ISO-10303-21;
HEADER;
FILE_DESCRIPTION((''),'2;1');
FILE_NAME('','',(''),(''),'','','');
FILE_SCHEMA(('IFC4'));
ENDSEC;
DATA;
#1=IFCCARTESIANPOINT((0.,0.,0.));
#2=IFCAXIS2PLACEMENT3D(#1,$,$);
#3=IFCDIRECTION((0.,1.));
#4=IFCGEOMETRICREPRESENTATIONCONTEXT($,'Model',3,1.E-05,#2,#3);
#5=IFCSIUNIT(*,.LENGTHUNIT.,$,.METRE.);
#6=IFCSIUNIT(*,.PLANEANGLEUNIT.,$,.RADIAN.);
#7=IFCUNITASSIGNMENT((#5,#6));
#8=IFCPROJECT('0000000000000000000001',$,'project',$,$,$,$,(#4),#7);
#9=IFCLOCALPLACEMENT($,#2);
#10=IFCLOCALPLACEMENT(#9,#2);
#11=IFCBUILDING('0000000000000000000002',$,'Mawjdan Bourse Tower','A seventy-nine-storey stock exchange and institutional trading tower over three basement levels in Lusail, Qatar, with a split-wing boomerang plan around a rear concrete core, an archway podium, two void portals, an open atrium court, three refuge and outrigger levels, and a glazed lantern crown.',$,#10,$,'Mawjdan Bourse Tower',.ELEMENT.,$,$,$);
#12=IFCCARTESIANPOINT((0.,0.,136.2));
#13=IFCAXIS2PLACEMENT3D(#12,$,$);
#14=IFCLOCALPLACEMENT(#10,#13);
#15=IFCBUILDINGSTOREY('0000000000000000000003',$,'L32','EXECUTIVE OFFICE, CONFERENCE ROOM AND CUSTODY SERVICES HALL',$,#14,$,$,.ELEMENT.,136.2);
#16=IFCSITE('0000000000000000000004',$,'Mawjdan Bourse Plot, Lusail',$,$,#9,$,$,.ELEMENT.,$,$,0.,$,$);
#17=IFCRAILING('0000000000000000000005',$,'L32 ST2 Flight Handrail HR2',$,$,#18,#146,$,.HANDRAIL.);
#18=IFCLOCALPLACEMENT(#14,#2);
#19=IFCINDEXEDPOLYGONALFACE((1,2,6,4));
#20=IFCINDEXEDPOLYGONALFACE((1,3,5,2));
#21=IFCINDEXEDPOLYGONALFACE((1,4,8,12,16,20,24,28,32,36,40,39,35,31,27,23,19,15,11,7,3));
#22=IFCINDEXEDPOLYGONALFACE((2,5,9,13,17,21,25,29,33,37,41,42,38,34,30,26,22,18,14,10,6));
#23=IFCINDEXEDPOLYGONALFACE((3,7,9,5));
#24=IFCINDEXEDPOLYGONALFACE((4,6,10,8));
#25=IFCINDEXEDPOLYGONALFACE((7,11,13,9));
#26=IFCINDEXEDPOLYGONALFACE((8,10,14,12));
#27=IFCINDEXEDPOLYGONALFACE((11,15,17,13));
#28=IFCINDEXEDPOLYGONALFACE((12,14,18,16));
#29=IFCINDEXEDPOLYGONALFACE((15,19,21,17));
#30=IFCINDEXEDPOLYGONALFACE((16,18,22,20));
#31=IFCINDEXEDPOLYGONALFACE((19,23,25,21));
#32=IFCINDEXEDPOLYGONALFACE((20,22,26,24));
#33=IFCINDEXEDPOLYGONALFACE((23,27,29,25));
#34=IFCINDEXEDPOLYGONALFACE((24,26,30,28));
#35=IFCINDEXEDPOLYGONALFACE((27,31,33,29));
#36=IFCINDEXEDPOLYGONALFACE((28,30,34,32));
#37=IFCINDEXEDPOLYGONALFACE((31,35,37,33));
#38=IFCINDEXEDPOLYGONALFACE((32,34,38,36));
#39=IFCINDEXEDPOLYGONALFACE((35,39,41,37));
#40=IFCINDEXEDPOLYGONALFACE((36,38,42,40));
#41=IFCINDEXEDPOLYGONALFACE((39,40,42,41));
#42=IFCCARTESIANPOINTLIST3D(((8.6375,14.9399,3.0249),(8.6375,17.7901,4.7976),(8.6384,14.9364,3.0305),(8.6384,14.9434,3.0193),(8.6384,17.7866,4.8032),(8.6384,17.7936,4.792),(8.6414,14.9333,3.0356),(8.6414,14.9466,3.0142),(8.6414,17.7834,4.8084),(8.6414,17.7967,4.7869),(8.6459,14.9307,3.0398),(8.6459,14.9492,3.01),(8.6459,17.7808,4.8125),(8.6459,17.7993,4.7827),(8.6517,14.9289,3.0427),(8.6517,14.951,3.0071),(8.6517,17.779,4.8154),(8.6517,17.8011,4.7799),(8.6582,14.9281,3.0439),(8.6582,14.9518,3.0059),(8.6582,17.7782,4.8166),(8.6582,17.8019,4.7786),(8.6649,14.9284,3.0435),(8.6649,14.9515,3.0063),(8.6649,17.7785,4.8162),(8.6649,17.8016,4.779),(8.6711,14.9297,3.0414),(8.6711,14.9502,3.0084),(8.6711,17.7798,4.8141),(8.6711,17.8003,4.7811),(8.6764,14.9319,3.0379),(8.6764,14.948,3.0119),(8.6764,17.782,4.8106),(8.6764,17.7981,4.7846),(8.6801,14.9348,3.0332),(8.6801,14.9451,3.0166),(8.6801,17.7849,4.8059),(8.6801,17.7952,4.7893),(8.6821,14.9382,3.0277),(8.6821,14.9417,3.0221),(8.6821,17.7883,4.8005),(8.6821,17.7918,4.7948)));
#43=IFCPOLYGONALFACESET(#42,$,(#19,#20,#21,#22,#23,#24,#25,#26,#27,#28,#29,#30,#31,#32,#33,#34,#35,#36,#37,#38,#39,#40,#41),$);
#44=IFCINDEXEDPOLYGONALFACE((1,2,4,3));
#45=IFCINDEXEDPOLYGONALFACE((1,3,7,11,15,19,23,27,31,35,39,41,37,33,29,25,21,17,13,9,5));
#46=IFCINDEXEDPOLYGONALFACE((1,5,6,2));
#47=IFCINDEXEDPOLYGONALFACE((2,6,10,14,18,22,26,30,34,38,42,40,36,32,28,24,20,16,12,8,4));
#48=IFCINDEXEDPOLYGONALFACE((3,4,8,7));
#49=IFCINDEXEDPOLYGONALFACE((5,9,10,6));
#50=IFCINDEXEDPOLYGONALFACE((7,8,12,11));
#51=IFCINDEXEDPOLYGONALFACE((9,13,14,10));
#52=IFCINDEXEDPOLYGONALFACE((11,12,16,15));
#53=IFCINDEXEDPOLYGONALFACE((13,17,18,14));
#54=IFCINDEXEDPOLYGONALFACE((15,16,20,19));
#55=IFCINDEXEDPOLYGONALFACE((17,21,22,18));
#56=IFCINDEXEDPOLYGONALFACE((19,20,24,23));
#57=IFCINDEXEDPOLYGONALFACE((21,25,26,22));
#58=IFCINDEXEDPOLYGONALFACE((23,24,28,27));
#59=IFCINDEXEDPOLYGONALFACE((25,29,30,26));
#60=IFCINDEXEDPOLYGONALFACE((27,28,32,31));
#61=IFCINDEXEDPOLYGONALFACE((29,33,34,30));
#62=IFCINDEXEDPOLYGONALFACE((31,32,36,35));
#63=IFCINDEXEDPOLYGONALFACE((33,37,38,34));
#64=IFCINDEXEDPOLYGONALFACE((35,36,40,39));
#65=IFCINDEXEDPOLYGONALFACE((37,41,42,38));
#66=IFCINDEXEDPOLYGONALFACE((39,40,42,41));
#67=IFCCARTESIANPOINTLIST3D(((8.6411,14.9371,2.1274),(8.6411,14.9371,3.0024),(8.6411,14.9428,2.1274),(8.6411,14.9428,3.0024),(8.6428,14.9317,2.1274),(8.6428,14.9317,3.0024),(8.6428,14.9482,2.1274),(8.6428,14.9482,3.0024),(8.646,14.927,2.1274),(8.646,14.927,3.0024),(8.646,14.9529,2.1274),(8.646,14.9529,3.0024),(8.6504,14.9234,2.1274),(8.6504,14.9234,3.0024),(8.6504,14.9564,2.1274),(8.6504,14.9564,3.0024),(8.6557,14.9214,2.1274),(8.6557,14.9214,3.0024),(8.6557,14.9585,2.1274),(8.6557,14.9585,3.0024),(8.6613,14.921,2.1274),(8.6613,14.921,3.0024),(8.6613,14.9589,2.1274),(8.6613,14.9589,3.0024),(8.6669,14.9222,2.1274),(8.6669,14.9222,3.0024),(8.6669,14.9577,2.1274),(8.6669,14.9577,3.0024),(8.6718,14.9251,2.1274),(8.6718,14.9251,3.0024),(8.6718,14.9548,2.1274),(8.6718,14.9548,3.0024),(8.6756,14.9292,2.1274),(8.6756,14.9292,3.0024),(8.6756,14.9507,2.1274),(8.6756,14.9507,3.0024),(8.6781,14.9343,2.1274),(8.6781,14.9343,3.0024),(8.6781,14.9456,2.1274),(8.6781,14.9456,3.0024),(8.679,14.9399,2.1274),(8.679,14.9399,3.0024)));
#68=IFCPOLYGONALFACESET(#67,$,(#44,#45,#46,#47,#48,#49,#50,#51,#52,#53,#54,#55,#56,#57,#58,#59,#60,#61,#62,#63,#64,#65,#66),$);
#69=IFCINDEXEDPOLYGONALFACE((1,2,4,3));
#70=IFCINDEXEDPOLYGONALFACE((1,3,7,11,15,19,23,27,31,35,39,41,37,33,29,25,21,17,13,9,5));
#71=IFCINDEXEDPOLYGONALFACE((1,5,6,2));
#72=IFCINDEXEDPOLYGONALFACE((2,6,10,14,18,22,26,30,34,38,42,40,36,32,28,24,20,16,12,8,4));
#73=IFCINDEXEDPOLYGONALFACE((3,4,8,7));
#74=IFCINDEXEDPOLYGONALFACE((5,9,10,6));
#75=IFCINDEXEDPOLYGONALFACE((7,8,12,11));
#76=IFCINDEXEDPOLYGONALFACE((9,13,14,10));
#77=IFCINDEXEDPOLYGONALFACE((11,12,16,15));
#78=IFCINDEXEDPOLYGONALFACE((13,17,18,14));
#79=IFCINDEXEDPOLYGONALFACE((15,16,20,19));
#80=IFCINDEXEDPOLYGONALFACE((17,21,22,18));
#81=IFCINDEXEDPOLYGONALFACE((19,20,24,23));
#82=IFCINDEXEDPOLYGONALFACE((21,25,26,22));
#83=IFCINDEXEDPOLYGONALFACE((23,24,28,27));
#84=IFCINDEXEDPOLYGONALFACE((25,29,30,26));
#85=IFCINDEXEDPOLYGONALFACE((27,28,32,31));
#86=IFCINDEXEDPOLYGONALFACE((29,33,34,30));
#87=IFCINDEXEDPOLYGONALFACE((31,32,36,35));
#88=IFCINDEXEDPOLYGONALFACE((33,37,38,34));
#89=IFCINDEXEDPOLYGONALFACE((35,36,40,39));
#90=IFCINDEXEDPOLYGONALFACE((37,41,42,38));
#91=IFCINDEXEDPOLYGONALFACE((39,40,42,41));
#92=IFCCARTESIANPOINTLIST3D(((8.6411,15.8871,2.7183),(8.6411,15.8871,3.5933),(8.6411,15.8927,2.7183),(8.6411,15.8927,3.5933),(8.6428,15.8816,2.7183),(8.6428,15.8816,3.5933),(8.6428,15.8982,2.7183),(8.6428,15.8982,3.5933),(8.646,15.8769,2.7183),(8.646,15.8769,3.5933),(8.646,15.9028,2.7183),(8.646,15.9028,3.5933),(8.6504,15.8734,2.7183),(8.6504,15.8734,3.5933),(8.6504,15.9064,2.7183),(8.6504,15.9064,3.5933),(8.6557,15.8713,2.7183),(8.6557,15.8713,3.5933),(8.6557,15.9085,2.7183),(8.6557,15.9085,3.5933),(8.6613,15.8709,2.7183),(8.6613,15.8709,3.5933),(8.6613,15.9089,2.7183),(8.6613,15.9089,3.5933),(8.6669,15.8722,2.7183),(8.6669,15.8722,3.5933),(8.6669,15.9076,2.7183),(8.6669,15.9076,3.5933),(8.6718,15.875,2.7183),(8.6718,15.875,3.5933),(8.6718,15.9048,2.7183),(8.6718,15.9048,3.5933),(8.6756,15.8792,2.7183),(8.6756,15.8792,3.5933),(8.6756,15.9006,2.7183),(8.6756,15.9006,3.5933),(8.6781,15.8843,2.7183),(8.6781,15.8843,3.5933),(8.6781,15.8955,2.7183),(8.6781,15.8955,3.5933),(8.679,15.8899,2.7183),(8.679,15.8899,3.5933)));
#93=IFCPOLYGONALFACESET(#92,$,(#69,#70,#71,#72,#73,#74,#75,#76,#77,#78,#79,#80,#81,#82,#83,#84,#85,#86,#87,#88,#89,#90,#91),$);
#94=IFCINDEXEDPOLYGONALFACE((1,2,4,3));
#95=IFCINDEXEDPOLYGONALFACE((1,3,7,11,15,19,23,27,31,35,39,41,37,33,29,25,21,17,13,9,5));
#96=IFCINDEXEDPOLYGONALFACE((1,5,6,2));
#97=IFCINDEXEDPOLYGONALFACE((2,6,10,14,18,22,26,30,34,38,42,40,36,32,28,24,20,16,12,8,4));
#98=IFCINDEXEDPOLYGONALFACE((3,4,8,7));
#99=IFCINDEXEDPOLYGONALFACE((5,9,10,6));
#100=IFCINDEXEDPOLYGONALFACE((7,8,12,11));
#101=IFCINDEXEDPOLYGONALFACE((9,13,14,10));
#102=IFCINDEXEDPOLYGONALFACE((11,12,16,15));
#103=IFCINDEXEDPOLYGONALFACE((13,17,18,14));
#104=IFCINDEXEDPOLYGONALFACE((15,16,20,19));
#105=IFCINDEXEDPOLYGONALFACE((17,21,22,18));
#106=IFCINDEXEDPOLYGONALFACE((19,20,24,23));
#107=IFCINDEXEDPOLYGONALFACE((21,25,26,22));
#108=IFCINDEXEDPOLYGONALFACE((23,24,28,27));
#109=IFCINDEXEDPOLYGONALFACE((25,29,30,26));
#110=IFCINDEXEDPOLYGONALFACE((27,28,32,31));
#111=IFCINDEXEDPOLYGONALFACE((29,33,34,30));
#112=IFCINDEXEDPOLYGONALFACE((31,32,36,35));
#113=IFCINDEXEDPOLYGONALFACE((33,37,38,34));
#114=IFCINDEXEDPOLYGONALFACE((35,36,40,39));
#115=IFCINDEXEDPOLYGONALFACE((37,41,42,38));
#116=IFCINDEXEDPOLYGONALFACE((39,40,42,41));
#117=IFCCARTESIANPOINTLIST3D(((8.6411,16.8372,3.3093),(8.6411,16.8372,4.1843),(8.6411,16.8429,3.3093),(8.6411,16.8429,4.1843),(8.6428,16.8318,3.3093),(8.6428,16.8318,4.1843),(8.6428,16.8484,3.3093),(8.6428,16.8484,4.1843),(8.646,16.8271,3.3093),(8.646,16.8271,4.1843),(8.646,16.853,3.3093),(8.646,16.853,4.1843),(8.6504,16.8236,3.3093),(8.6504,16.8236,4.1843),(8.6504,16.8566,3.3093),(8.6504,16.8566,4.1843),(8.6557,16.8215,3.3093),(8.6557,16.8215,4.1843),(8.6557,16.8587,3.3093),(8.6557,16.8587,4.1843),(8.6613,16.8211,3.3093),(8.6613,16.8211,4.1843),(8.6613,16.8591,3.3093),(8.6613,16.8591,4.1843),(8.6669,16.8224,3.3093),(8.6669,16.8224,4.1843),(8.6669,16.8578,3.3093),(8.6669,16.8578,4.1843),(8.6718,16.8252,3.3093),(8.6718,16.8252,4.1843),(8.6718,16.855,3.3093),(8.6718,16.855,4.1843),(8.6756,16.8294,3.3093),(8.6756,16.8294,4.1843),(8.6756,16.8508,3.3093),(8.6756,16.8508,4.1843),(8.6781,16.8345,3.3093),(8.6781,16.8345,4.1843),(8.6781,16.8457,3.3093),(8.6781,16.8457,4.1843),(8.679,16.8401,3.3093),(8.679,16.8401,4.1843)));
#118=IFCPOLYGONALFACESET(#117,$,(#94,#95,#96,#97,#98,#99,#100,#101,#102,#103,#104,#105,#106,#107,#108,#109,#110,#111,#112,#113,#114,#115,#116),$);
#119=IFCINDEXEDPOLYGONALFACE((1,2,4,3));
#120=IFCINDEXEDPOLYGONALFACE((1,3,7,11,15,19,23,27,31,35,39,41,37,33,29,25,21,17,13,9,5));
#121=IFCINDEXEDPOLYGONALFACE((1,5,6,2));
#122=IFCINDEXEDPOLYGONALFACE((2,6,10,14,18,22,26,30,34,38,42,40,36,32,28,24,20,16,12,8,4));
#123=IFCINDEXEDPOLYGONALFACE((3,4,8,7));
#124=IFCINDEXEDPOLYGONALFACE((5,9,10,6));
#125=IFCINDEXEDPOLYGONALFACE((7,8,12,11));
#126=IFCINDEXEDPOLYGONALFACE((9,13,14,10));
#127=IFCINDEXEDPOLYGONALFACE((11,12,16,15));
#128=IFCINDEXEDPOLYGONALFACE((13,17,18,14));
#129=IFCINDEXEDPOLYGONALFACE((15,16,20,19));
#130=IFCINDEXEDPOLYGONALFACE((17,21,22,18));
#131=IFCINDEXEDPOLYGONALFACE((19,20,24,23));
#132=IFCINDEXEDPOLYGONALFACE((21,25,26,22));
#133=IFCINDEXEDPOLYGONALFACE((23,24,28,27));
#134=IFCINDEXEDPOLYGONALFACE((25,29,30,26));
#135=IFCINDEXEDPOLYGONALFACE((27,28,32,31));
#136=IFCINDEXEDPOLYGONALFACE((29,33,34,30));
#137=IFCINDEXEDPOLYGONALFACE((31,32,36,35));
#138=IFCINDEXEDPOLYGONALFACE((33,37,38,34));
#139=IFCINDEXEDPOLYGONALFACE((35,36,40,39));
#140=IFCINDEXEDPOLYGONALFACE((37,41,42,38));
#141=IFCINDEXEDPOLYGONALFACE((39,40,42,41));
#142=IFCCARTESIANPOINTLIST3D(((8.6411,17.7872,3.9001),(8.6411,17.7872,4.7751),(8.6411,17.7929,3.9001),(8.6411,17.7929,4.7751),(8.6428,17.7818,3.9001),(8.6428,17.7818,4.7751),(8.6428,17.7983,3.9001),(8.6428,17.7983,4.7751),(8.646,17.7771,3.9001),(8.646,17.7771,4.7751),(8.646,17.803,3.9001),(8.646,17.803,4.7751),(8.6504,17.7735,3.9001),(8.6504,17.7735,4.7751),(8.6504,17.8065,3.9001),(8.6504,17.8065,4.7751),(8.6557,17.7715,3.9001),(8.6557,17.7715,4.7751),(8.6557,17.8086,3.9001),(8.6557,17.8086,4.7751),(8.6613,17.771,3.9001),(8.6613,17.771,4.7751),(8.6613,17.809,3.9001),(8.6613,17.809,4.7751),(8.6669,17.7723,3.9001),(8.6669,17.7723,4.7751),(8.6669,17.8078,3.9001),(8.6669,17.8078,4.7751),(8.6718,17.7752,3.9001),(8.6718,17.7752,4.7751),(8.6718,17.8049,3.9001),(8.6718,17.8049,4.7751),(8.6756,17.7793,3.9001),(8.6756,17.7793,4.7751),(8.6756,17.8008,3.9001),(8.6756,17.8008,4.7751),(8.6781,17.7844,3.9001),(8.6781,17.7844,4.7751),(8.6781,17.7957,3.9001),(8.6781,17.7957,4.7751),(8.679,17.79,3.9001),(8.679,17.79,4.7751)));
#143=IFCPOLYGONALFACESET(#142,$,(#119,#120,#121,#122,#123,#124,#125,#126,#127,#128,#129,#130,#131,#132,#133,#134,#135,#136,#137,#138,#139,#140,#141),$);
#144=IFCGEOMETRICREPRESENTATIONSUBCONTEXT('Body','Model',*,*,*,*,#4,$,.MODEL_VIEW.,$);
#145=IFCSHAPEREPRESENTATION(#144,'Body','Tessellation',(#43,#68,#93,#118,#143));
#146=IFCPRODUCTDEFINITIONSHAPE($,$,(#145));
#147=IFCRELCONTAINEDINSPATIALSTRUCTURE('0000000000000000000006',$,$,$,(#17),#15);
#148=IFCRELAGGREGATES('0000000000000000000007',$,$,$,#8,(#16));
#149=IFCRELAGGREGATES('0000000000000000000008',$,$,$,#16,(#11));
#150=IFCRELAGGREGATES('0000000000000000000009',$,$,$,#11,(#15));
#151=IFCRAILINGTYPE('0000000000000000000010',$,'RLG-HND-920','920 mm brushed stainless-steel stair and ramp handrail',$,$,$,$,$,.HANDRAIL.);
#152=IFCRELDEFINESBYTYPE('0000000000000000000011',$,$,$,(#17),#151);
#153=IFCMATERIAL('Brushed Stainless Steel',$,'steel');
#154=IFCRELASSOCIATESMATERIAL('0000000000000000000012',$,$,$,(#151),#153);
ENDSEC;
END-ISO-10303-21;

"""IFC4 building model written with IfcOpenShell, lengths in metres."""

from ifc_helpers import new_model, si_unit, direction, frame, origin, origin_2d, place, context, subcontext, project, spatial, circle, extrude, material, type_object, element, save


model = new_model("IFC4")

# Units and contexts
model_context = context("Model", 3, precision=1e-05, world=origin(), true_north=direction((0.0, 1.0)))
body_context = subcontext(model_context, "Body", "Model", "MODEL_VIEW")
ifc_project = project(units=[si_unit("LENGTHUNIT", "METRE"), si_unit("PLANEANGLEUNIT", "RADIAN")], contexts=[model_context])

# Site, building, storey
site_placement = place(None, origin())
site = spatial("IfcSite", under=ifc_project, at=site_placement, Name="Mawjdan Bourse Plot, Lusail", CompositionType="ELEMENT", RefElevation=0.0)
building_placement = place(site_placement, origin())
building = spatial("IfcBuilding", under=site, at=building_placement, Name="Mawjdan Bourse Tower", Description="A seventy-nine-storey stock exchange and institutional trading tower over three basement levels in Lusail, Qatar, with a split-wing boomerang plan around a rear concrete core, an archway podium, two void portals, an open atrium court, three refuge and outrigger levels, and a glazed lantern crown.", LongName="Mawjdan Bourse Tower", CompositionType="ELEMENT")
storey_placement = place(building_placement, frame((0.0, 0.0, 136.2)))
storey = spatial("IfcBuildingStorey", under=building, at=storey_placement, Name="L32", Description="EXECUTIVE OFFICE, CONFERENCE ROOM AND CUSTODY SERVICES HALL", CompositionType="ELEMENT", Elevation=136.2)

# Railing
ifc_material_1 = material(Name="Brushed Stainless Steel", Category="steel")
railing_type_1 = type_object("IfcRailingType", Name="RLG-HND-920", Description="920 mm brushed stainless-steel stair and ramp handrail", PredefinedType="HANDRAIL", material=ifc_material_1)
for number, where, name in (
    (1, (8.6599, 14.9399, 2.1274), "L32 ST2 Flight Handrail HR2"),
):
    element("IfcRailing", number, at=place(storey_placement, frame(where)), inside=storey, type_object=railing_type_1, Name=name, PredefinedType="HANDRAIL", context=body_context, shape_type="SweptSolid", body=[
        extrude(circle(Radius=0.0225, at=origin_2d()), frame((0.0, 0.0, 0.8975), z_axis=(0.0, 0.849149, 0.528154), x_axis=(-1.0, 0.0, 0.0)), (0.0, 0.0, 1.0), 3.3564),
        extrude(circle(Radius=0.019, at=origin_2d()), origin(), (0.0, 0.0, 1.0), 0.875),
        extrude(circle(Radius=0.019, at=origin_2d()), frame((0.0, 0.95, 0.5908)), (0.0, 0.0, 1.0), 0.875),
        extrude(circle(Radius=0.019, at=origin_2d()), frame((0.0, 1.9001, 1.1819)), (0.0, 0.0, 1.0), 0.875),
        extrude(circle(Radius=0.019, at=origin_2d()), frame((0.0, 2.8501, 1.7727)), (0.0, 0.0, 1.0), 0.875),
    ])

save(model, "model.ifc")
